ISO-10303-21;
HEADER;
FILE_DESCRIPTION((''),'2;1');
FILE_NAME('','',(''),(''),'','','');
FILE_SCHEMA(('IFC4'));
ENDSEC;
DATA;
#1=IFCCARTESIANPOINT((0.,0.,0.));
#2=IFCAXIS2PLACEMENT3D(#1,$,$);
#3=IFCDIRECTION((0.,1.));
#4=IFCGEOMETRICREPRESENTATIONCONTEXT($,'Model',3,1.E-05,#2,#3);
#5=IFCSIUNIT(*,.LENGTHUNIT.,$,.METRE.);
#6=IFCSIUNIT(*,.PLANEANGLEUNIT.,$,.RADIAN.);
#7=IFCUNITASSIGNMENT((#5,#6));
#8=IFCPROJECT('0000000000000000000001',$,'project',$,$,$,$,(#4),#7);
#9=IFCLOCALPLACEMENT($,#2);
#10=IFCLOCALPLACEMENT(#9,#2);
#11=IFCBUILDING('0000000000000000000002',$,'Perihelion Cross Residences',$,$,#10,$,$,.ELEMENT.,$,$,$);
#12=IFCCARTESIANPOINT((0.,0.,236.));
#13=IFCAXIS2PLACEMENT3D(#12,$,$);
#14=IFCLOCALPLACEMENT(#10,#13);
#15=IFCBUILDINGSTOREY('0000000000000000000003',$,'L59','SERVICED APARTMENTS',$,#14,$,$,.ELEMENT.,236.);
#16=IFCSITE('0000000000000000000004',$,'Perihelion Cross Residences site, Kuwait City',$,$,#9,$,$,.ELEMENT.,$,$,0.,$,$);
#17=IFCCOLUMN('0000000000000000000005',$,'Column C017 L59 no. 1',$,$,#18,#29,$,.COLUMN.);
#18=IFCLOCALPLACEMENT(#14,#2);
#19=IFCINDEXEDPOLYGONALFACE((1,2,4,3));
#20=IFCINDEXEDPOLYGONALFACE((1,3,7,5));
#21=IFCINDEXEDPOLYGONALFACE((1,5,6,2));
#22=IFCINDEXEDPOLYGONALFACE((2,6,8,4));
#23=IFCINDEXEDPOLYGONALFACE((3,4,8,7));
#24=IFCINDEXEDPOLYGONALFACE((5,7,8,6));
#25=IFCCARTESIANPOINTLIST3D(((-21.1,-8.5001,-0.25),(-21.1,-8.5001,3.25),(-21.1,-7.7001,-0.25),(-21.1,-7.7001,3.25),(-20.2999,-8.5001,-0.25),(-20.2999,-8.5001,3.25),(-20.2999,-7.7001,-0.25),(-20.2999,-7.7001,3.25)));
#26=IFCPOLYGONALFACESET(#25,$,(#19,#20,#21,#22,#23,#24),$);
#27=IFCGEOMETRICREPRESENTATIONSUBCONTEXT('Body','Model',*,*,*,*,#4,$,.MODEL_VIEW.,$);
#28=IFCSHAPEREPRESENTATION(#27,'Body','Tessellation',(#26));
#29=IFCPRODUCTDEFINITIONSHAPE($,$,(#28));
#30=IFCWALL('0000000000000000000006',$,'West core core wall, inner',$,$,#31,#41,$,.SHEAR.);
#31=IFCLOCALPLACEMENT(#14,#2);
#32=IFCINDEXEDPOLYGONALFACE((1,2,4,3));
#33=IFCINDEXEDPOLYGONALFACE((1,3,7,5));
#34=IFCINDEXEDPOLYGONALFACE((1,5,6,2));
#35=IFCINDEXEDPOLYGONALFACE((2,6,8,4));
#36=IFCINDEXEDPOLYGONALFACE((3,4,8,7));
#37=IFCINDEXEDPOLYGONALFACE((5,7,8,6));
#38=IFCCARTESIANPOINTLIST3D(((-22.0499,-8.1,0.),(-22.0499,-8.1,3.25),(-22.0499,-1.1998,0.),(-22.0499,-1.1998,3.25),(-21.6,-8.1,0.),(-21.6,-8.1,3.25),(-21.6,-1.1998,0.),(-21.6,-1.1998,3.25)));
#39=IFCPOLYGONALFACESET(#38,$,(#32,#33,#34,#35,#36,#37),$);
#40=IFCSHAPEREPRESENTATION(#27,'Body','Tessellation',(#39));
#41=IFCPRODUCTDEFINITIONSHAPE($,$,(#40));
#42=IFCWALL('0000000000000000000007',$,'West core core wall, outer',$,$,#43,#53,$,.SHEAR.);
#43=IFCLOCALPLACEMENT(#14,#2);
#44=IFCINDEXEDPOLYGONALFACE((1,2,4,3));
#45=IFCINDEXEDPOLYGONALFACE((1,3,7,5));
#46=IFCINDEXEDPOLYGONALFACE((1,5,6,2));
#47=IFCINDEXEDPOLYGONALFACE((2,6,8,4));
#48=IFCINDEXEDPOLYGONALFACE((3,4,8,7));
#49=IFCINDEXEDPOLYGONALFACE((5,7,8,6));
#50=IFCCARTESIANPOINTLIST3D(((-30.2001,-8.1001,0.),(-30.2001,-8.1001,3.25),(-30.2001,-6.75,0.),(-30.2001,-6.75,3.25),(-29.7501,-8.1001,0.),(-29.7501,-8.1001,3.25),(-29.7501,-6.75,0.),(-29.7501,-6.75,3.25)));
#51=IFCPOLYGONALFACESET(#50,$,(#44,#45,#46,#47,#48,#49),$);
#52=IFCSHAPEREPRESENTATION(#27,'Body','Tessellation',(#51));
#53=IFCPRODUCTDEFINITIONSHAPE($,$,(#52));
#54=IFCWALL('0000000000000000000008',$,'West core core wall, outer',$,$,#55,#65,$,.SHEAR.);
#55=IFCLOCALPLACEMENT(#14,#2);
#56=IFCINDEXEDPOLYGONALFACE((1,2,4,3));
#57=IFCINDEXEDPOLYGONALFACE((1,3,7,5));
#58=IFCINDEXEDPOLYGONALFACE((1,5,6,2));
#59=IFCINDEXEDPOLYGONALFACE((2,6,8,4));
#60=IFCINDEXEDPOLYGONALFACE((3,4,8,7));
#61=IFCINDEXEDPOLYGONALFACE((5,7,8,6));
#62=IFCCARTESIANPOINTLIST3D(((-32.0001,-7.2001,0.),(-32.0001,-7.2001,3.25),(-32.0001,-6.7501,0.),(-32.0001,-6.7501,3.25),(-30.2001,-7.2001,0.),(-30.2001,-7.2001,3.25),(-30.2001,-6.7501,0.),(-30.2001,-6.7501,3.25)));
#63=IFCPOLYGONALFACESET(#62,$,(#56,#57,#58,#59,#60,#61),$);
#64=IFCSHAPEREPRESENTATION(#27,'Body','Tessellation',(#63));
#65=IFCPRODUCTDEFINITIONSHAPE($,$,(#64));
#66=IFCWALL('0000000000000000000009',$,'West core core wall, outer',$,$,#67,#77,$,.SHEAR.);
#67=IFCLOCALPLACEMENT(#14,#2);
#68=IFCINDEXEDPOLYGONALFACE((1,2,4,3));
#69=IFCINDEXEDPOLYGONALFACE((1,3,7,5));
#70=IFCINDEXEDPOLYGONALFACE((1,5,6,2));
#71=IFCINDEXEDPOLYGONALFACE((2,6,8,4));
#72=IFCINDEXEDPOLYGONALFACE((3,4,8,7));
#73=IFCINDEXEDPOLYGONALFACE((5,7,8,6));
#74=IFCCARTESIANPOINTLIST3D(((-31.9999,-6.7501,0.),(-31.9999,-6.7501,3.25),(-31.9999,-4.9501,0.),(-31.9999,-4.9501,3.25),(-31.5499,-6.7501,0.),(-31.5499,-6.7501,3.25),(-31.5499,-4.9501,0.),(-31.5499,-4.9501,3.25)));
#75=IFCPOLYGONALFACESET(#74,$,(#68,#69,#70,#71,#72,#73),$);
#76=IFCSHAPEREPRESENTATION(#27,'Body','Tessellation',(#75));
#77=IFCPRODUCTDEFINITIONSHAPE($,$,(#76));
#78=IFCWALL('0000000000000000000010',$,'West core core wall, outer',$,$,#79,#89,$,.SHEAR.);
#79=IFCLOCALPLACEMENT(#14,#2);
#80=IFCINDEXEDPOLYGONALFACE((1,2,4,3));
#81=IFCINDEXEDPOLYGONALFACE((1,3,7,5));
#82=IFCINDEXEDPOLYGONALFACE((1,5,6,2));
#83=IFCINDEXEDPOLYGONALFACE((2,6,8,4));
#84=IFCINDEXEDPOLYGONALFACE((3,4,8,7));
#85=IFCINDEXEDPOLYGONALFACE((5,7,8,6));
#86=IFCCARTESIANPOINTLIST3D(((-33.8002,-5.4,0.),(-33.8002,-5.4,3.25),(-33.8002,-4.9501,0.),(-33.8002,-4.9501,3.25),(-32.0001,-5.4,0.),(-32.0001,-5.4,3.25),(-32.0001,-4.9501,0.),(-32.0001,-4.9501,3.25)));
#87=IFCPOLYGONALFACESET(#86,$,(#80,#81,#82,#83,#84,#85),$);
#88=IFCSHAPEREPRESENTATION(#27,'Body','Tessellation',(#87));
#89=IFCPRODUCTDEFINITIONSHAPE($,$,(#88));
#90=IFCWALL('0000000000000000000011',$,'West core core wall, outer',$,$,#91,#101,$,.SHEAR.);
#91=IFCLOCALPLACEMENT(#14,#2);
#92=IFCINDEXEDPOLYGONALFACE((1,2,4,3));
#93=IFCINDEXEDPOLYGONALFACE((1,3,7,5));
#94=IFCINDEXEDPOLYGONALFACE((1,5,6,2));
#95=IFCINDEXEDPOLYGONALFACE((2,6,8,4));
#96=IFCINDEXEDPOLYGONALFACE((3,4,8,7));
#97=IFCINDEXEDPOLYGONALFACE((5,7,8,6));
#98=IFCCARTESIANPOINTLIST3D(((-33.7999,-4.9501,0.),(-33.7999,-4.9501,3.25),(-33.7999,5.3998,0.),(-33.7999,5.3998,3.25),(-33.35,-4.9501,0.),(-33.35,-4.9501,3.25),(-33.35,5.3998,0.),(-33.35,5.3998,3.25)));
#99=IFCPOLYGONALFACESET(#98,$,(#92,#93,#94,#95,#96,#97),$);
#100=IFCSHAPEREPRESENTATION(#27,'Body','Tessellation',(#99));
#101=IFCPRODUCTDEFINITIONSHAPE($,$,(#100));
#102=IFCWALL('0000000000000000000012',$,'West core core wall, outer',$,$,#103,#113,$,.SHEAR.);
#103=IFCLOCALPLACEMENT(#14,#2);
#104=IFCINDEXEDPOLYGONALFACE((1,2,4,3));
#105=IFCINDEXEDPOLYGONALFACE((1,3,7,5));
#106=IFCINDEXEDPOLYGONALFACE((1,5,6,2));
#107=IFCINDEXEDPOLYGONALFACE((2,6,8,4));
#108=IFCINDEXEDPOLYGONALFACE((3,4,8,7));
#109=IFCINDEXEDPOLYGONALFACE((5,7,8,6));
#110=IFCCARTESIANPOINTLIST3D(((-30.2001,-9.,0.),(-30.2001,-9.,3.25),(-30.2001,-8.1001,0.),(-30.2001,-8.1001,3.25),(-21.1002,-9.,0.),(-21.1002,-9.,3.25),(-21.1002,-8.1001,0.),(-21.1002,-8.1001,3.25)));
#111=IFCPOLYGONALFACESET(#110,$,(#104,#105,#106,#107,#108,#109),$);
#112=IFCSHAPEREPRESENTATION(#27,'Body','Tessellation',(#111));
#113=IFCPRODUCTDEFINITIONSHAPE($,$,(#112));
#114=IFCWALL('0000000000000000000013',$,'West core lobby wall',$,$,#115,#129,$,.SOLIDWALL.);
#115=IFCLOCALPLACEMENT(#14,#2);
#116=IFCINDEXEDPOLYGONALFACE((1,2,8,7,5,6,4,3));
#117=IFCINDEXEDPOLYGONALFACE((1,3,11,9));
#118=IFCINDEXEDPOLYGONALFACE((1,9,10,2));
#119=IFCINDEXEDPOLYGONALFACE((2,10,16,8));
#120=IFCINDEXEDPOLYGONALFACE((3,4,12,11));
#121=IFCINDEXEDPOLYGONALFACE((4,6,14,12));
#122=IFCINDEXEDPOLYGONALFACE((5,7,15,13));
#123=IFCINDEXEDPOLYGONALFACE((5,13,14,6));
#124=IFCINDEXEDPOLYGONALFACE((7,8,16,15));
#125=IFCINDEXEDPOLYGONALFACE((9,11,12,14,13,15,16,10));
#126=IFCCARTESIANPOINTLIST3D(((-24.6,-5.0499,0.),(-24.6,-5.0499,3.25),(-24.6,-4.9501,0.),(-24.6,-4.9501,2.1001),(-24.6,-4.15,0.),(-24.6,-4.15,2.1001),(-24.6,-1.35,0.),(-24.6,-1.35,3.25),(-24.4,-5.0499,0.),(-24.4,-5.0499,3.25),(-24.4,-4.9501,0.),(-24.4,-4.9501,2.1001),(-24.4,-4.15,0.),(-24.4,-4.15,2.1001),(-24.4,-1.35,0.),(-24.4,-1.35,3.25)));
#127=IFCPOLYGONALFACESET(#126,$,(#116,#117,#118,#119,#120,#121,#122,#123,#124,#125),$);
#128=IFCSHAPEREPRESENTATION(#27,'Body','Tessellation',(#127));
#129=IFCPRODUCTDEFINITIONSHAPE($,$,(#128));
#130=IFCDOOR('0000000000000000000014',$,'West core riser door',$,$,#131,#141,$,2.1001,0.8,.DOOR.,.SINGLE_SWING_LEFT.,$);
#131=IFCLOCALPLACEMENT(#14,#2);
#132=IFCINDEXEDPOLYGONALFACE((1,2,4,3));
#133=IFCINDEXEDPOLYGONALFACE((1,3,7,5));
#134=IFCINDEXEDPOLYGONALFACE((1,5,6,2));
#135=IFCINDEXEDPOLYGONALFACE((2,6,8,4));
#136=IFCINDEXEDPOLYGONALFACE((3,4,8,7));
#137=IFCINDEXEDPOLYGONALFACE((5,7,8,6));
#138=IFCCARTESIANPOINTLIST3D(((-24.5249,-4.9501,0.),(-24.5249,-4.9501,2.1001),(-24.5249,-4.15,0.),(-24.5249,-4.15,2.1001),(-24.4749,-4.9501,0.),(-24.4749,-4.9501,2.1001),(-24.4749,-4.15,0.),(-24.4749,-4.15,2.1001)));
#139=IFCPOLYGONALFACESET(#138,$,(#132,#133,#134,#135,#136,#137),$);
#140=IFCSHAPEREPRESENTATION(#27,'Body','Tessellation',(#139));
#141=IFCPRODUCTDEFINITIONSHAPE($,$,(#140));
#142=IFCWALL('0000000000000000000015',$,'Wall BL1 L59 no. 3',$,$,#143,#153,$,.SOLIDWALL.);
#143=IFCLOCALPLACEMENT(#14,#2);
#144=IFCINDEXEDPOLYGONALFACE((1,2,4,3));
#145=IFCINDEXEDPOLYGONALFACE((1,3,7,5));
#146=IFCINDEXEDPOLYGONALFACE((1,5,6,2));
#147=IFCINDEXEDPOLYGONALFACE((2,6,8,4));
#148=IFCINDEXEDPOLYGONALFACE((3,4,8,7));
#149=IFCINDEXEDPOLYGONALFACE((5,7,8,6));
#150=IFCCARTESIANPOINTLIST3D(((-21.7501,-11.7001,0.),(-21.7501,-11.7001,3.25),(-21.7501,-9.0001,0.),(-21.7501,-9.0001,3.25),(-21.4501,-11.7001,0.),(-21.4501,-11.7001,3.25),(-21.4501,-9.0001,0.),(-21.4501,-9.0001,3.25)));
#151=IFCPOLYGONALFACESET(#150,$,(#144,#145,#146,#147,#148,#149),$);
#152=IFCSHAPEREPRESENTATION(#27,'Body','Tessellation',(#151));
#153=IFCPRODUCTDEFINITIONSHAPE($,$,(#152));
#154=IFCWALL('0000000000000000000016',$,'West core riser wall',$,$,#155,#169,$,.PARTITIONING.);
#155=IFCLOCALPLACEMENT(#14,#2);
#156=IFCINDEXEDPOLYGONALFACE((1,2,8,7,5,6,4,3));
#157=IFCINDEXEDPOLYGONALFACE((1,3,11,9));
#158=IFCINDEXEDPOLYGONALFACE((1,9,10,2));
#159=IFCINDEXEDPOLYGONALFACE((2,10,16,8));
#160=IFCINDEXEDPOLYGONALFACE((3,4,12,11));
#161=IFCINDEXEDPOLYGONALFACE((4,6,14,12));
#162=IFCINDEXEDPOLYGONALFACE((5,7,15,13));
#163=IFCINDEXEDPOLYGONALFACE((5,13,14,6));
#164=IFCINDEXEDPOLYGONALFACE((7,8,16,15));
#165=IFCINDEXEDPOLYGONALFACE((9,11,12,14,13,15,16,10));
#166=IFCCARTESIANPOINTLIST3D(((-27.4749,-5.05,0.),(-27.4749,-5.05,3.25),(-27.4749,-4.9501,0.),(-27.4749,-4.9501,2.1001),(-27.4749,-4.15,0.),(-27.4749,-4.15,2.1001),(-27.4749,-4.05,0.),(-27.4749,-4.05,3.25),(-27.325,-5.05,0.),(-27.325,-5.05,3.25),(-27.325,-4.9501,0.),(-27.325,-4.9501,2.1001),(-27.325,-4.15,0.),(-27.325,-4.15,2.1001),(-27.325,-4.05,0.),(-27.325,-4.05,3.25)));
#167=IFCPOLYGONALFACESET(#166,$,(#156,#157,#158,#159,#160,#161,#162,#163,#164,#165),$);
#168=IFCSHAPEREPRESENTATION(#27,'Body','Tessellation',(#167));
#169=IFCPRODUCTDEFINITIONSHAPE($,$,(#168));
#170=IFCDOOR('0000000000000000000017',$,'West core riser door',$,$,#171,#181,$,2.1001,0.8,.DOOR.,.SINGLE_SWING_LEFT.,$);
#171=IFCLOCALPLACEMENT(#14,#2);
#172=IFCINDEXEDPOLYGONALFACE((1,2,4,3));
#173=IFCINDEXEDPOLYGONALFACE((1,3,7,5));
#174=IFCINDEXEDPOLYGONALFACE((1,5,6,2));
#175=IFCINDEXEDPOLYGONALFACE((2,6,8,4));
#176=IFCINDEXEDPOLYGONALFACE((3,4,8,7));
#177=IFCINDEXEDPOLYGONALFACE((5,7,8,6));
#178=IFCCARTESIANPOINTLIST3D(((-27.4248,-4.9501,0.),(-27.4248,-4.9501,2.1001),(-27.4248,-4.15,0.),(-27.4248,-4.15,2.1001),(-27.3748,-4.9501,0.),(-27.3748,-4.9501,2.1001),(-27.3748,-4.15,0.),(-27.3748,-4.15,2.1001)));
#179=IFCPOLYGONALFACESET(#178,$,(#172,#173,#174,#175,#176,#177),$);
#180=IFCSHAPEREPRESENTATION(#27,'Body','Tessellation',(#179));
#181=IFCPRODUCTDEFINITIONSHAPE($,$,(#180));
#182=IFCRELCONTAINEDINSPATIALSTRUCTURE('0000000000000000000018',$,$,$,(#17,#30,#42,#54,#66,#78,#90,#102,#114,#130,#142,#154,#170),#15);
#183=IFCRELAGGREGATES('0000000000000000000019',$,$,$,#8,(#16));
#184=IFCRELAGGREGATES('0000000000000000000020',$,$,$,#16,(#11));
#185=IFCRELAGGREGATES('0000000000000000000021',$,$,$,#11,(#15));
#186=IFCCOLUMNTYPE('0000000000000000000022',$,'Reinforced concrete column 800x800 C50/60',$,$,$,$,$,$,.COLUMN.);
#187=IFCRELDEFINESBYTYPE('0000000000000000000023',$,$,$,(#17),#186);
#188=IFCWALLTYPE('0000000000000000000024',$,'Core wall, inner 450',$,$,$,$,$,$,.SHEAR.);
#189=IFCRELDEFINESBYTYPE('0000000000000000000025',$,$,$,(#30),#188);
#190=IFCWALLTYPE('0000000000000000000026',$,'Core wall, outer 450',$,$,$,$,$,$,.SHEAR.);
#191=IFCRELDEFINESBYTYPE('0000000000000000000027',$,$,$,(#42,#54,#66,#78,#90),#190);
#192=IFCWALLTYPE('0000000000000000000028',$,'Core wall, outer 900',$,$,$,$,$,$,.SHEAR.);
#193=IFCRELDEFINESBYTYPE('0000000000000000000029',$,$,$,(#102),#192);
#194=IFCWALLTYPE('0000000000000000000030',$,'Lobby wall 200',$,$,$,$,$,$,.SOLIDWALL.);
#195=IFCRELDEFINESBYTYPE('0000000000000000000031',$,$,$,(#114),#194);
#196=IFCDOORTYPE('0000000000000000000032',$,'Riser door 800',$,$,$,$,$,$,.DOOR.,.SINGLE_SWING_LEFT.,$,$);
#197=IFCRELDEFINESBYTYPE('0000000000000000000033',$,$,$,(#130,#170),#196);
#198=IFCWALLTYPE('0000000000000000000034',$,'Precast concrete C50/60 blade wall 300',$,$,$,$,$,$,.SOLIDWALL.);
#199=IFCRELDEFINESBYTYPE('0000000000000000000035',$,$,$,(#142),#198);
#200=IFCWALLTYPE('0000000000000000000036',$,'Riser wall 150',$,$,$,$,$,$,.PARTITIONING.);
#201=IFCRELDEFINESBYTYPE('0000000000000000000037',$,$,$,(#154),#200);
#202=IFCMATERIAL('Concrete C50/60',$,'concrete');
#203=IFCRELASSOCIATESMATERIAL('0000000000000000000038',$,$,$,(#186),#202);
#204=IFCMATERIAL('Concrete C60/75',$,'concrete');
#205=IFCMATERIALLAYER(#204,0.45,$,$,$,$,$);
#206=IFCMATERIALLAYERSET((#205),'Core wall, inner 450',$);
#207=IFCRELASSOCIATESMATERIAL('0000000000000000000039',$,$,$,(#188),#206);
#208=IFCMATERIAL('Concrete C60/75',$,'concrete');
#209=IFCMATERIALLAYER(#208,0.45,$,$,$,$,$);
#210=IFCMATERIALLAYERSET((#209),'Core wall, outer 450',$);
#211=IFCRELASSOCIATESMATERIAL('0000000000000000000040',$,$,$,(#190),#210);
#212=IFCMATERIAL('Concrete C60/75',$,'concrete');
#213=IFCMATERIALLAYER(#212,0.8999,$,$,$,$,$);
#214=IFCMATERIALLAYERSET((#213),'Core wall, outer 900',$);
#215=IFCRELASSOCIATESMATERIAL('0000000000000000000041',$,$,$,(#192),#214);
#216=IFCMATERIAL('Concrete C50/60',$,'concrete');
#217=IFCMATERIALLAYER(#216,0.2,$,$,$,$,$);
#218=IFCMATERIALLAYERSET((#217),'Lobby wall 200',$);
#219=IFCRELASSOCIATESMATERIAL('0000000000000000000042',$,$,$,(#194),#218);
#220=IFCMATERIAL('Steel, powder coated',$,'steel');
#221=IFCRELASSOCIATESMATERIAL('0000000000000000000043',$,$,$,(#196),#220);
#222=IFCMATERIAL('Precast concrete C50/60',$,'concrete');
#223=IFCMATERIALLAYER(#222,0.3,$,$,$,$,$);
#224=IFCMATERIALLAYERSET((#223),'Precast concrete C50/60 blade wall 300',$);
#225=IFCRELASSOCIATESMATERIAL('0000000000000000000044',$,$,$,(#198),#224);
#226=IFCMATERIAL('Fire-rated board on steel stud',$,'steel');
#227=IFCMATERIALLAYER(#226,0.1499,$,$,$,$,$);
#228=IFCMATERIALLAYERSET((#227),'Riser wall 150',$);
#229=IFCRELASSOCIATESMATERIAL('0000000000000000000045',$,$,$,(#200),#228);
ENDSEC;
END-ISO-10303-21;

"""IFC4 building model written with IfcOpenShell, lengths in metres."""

from ifc_helpers import new_model, si_unit, direction, frame, frame_2d, origin, origin_2d, place, context, subcontext, project, spatial, rectangle, extrude, material, layer, layer_set, material_profile, profile_set, type_object, element, fill, save


model = new_model("IFC4")

# Units and contexts
model_context = context("Model", 3, precision=1e-05, world=origin(), true_north=direction((0.0, 1.0)))
body_context = subcontext(model_context, "Body", "Model", "MODEL_VIEW")
ifc_project = project(units=[si_unit("LENGTHUNIT", "METRE"), si_unit("PLANEANGLEUNIT", "RADIAN")], contexts=[model_context])

# Site, building, storey
site_placement = place(None, origin())
site = spatial("IfcSite", under=ifc_project, at=site_placement, Name="Perihelion Cross Residences site, Kuwait City", CompositionType="ELEMENT", RefElevation=0.0)
building_placement = place(site_placement, origin())
building = spatial("IfcBuilding", under=site, at=building_placement, Name="Perihelion Cross Residences", CompositionType="ELEMENT")
storey_placement = place(building_placement, frame((0.0, 0.0, 236.0)))
storey = spatial("IfcBuildingStorey", under=building, at=storey_placement, Name="L59", Description="SERVICED APARTMENTS", CompositionType="ELEMENT", Elevation=236.0)

# Column
ifc_material_1 = material(Name="Concrete C50/60", Category="concrete")
ifc_material_profile = material_profile(ifc_material_1, rectangle(XDim=0.8, YDim=0.8, at=origin_2d()), Name="RC 800x800")
ifc_profile_set = profile_set([ifc_material_profile], Name="Concrete C50/60")
column_type = type_object("IfcColumnType", Name="Reinforced concrete column 800x800 C50/60", PredefinedType="COLUMN", material=ifc_profile_set)
column_placement = place(storey_placement, frame((-20.7, -8.1001, -0.25), z_axis=(0.0, 0.0, 1.0), x_axis=(1.0, 0.0, 0.0)))
element("IfcColumn", 1, at=column_placement, inside=storey, type_object=column_type, Name="Column C017 L59 no. 1", PredefinedType="COLUMN", context=body_context, shape_type="SweptSolid", body=[
    extrude(rectangle(XDim=0.8, YDim=0.8, at=origin_2d()), origin(), (0.0, 0.0, 1.0), 3.5),
])

# Walls
ifc_material_2 = material(Name="Concrete C60/75", Category="concrete")
ifc_layer_1 = layer(ifc_material_2, 0.45)
ifc_layer_set_1 = layer_set([ifc_layer_1], Name="Core wall, inner 450")
wall_type_1 = type_object("IfcWallType", Name="Core wall, inner 450", PredefinedType="SHEAR", material=ifc_layer_set_1)
wall_1_placement = place(storey_placement, frame((-21.825, -8.1001, 0.0), z_axis=(0.0, 0.0, 1.0), x_axis=(0.0, 1.0, 0.0)))
element("IfcWall", 2, at=wall_1_placement, inside=storey, type_object=wall_type_1, Name="West core core wall, inner", PredefinedType="SHEAR", context=body_context, shape_type="SweptSolid", body=[
    extrude(rectangle(XDim=6.9001, YDim=0.45, at=frame_2d((3.4502, 0.0))), origin(), (0.0, 0.0, 1.0), 3.25),
])
ifc_material_3 = material(Name="Concrete C60/75", Category="concrete")
ifc_layer_2 = layer(ifc_material_3, 0.45)
ifc_layer_set_2 = layer_set([ifc_layer_2], Name="Core wall, outer 450")
wall_type_2 = type_object("IfcWallType", Name="Core wall, outer 450", PredefinedType="SHEAR", material=ifc_layer_set_2)
wall_2_placement = place(storey_placement, frame((-29.9751, -8.1001, 0.0), z_axis=(0.0, 0.0, 1.0), x_axis=(0.0, 1.0, 0.0)))
element("IfcWall", 3, at=wall_2_placement, inside=storey, type_object=wall_type_2, Name="West core core wall, outer", PredefinedType="SHEAR", context=body_context, shape_type="SweptSolid", body=[
    extrude(rectangle(XDim=1.3501, YDim=0.45, at=frame_2d((0.675, 0.0))), origin(), (0.0, 0.0, 1.0), 3.25),
])
for number, where, z_axis, x_axis, name in (
    (4, (-32.0, -6.9751, 0.0), (0.0, 0.0, 1.0), (1.0, 0.0, 0.0), "West core core wall, outer"),
    (5, (-31.7749, -6.75, 0.0), (0.0, 0.0, 1.0), (0.0, 1.0, 0.0), "West core core wall, outer"),
    (6, (-33.8, -5.175, 0.0), (0.0, 0.0, 1.0), (1.0, 0.0, 0.0), "West core core wall, outer"),
):
    element("IfcWall", number, at=place(storey_placement, frame(where, z_axis=z_axis, x_axis=x_axis)), inside=storey, type_object=wall_type_2, Name=name, PredefinedType="SHEAR", context=body_context, shape_type="SweptSolid", body=[
        extrude(rectangle(XDim=1.8, YDim=0.45, at=frame_2d((0.8999, 0.0))), origin(), (0.0, 0.0, 1.0), 3.25),
    ])
wall_3_placement = place(storey_placement, frame((-33.575, -4.95, 0.0), z_axis=(0.0, 0.0, 1.0), x_axis=(0.0, 1.0, 0.0)))
element("IfcWall", 7, at=wall_3_placement, inside=storey, type_object=wall_type_2, Name="West core core wall, outer", PredefinedType="SHEAR", context=body_context, shape_type="SweptSolid", body=[
    extrude(rectangle(XDim=10.3499, YDim=0.45, at=frame_2d((5.1748, 0.0))), origin(), (0.0, 0.0, 1.0), 3.25),
])
ifc_material_4 = material(Name="Concrete C60/75", Category="concrete")
ifc_layer_3 = layer(ifc_material_4, 0.8999)
ifc_layer_set_3 = layer_set([ifc_layer_3], Name="Core wall, outer 900")
wall_type_3 = type_object("IfcWallType", Name="Core wall, outer 900", PredefinedType="SHEAR", material=ifc_layer_set_3)
wall_4_placement = place(storey_placement, frame((-30.2, -8.55, 0.0), z_axis=(0.0, 0.0, 1.0), x_axis=(1.0, 0.0, 0.0)))
element("IfcWall", 8, at=wall_4_placement, inside=storey, type_object=wall_type_3, Name="West core core wall, outer", PredefinedType="SHEAR", context=body_context, shape_type="SweptSolid", body=[
    extrude(rectangle(XDim=9.0999, YDim=0.8999, at=frame_2d((4.5498, 0.0))), origin(), (0.0, 0.0, 1.0), 3.25),
])

# Wall, opening, door
ifc_material_5 = material(Name="Concrete C50/60", Category="concrete")
ifc_layer_4 = layer(ifc_material_5, 0.2)
ifc_layer_set_4 = layer_set([ifc_layer_4], Name="Lobby wall 200")
wall_type_4 = type_object("IfcWallType", Name="Lobby wall 200", PredefinedType="SOLIDWALL", material=ifc_layer_set_4)
wall_5_placement = place(storey_placement, frame((-24.5, -5.05, 0.0), z_axis=(0.0, 0.0, 1.0), x_axis=(0.0, 1.0, 0.0)))
wall_5 = element("IfcWall", 9, at=wall_5_placement, inside=storey, type_object=wall_type_4, Name="West core lobby wall", PredefinedType="SOLIDWALL", context=body_context, shape_type="SweptSolid", body=[
    extrude(rectangle(XDim=3.7, YDim=0.2, at=frame_2d((1.8501, 0.0))), origin(), (0.0, 0.0, 1.0), 3.25),
])
opening_1_placement = place(wall_5_placement, frame((0.1001, 0.0, 0.0)))
opening_1 = element("IfcOpeningElement", 10, at=opening_1_placement, cuts=wall_5, PredefinedType="OPENING", context=body_context, shape_type="SweptSolid", body=[
    extrude(rectangle(XDim=0.8, YDim=2.1001, at=frame_2d((0.3999, 1.05))), frame((0.0, 0.1099, 0.0), z_axis=(0.0, -1.0, 0.0), x_axis=(1.0, 0.0, 0.0)), (0.0, 0.0, 1.0), 0.22),
])
ifc_material_6 = material(Name="Steel, powder coated", Category="steel")
door_type_1 = type_object("IfcDoorType", Name="Riser door 800", OperationType="SINGLE_SWING_LEFT", PredefinedType="DOOR", material=ifc_material_6)
door_1_placement = place(opening_1_placement, origin())
door_1 = element("IfcDoor", 11, at=door_1_placement, inside=storey, type_object=door_type_1, Name="West core riser door", OperationType="SINGLE_SWING_LEFT", OverallHeight=2.1001, OverallWidth=0.8, PredefinedType="DOOR", context=body_context, shape_type="SweptSolid", body=[
    extrude(rectangle(XDim=0.8, YDim=2.1001, at=frame_2d((0.3999, 1.05))), frame((0.0, 0.0249, 0.0), z_axis=(0.0, -1.0, 0.0), x_axis=(1.0, 0.0, 0.0)), (0.0, 0.0, 1.0), 0.05),
])
fill(opening_1, door_1)

# Wall
ifc_material_7 = material(Name="Precast concrete C50/60", Category="concrete")
ifc_layer_5 = layer(ifc_material_7, 0.3)
ifc_layer_set_5 = layer_set([ifc_layer_5], Name="Precast concrete C50/60 blade wall 300")
wall_type_5 = type_object("IfcWallType", Name="Precast concrete C50/60 blade wall 300", PredefinedType="SOLIDWALL", material=ifc_layer_set_5)
wall_6_placement = place(storey_placement, frame((-21.6001, -9.0, 0.0), z_axis=(0.0, 0.0, 1.0), x_axis=(0.0, -1.0, 0.0)))
element("IfcWall", 12, at=wall_6_placement, inside=storey, type_object=wall_type_5, Name="Wall BL1 L59 no. 3", PredefinedType="SOLIDWALL", context=body_context, shape_type="SweptSolid", body=[
    extrude(rectangle(XDim=2.7, YDim=0.3, at=frame_2d((1.3501, 0.0))), origin(), (0.0, 0.0, 1.0), 3.25),
])

# Wall, opening, door
ifc_material_8 = material(Name="Fire-rated board on steel stud", Category="steel")
ifc_layer_6 = layer(ifc_material_8, 0.1499)
ifc_layer_set_6 = layer_set([ifc_layer_6], Name="Riser wall 150")
wall_type_6 = type_object("IfcWallType", Name="Riser wall 150", PredefinedType="PARTITIONING", material=ifc_layer_set_6)
wall_7_placement = place(storey_placement, frame((-27.3999, -5.05, 0.0), z_axis=(0.0, 0.0, 1.0), x_axis=(0.0, 1.0, 0.0)))
wall_7 = element("IfcWall", 13, at=wall_7_placement, inside=storey, type_object=wall_type_6, Name="West core riser wall", PredefinedType="PARTITIONING", context=body_context, shape_type="SweptSolid", body=[
    extrude(rectangle(XDim=1.0, YDim=0.1499, at=frame_2d((0.5, 0.0))), origin(), (0.0, 0.0, 1.0), 3.25),
])
opening_2_placement = place(wall_7_placement, frame((0.1001, 0.0, 0.0)))
opening_2 = element("IfcOpeningElement", 14, at=opening_2_placement, cuts=wall_7, PredefinedType="OPENING", context=body_context, shape_type="SweptSolid", body=[
    extrude(rectangle(XDim=0.8, YDim=2.1001, at=frame_2d((0.3999, 1.05))), frame((0.0, 0.085, 0.0), z_axis=(0.0, -1.0, 0.0), x_axis=(1.0, 0.0, 0.0)), (0.0, 0.0, 1.0), 0.1699),
])
door_2_placement = place(opening_2_placement, origin())
door_2 = element("IfcDoor", 15, at=door_2_placement, inside=storey, type_object=door_type_1, Name="West core riser door", OperationType="SINGLE_SWING_LEFT", OverallHeight=2.1001, OverallWidth=0.8, PredefinedType="DOOR", context=body_context, shape_type="SweptSolid", body=[
    extrude(rectangle(XDim=0.8, YDim=2.1001, at=frame_2d((0.3999, 1.05))), frame((0.0, 0.0249, 0.0), z_axis=(0.0, -1.0, 0.0), x_axis=(1.0, 0.0, 0.0)), (0.0, 0.0, 1.0), 0.05),
])
fill(opening_2, door_2)

save(model, "model.ifc")
